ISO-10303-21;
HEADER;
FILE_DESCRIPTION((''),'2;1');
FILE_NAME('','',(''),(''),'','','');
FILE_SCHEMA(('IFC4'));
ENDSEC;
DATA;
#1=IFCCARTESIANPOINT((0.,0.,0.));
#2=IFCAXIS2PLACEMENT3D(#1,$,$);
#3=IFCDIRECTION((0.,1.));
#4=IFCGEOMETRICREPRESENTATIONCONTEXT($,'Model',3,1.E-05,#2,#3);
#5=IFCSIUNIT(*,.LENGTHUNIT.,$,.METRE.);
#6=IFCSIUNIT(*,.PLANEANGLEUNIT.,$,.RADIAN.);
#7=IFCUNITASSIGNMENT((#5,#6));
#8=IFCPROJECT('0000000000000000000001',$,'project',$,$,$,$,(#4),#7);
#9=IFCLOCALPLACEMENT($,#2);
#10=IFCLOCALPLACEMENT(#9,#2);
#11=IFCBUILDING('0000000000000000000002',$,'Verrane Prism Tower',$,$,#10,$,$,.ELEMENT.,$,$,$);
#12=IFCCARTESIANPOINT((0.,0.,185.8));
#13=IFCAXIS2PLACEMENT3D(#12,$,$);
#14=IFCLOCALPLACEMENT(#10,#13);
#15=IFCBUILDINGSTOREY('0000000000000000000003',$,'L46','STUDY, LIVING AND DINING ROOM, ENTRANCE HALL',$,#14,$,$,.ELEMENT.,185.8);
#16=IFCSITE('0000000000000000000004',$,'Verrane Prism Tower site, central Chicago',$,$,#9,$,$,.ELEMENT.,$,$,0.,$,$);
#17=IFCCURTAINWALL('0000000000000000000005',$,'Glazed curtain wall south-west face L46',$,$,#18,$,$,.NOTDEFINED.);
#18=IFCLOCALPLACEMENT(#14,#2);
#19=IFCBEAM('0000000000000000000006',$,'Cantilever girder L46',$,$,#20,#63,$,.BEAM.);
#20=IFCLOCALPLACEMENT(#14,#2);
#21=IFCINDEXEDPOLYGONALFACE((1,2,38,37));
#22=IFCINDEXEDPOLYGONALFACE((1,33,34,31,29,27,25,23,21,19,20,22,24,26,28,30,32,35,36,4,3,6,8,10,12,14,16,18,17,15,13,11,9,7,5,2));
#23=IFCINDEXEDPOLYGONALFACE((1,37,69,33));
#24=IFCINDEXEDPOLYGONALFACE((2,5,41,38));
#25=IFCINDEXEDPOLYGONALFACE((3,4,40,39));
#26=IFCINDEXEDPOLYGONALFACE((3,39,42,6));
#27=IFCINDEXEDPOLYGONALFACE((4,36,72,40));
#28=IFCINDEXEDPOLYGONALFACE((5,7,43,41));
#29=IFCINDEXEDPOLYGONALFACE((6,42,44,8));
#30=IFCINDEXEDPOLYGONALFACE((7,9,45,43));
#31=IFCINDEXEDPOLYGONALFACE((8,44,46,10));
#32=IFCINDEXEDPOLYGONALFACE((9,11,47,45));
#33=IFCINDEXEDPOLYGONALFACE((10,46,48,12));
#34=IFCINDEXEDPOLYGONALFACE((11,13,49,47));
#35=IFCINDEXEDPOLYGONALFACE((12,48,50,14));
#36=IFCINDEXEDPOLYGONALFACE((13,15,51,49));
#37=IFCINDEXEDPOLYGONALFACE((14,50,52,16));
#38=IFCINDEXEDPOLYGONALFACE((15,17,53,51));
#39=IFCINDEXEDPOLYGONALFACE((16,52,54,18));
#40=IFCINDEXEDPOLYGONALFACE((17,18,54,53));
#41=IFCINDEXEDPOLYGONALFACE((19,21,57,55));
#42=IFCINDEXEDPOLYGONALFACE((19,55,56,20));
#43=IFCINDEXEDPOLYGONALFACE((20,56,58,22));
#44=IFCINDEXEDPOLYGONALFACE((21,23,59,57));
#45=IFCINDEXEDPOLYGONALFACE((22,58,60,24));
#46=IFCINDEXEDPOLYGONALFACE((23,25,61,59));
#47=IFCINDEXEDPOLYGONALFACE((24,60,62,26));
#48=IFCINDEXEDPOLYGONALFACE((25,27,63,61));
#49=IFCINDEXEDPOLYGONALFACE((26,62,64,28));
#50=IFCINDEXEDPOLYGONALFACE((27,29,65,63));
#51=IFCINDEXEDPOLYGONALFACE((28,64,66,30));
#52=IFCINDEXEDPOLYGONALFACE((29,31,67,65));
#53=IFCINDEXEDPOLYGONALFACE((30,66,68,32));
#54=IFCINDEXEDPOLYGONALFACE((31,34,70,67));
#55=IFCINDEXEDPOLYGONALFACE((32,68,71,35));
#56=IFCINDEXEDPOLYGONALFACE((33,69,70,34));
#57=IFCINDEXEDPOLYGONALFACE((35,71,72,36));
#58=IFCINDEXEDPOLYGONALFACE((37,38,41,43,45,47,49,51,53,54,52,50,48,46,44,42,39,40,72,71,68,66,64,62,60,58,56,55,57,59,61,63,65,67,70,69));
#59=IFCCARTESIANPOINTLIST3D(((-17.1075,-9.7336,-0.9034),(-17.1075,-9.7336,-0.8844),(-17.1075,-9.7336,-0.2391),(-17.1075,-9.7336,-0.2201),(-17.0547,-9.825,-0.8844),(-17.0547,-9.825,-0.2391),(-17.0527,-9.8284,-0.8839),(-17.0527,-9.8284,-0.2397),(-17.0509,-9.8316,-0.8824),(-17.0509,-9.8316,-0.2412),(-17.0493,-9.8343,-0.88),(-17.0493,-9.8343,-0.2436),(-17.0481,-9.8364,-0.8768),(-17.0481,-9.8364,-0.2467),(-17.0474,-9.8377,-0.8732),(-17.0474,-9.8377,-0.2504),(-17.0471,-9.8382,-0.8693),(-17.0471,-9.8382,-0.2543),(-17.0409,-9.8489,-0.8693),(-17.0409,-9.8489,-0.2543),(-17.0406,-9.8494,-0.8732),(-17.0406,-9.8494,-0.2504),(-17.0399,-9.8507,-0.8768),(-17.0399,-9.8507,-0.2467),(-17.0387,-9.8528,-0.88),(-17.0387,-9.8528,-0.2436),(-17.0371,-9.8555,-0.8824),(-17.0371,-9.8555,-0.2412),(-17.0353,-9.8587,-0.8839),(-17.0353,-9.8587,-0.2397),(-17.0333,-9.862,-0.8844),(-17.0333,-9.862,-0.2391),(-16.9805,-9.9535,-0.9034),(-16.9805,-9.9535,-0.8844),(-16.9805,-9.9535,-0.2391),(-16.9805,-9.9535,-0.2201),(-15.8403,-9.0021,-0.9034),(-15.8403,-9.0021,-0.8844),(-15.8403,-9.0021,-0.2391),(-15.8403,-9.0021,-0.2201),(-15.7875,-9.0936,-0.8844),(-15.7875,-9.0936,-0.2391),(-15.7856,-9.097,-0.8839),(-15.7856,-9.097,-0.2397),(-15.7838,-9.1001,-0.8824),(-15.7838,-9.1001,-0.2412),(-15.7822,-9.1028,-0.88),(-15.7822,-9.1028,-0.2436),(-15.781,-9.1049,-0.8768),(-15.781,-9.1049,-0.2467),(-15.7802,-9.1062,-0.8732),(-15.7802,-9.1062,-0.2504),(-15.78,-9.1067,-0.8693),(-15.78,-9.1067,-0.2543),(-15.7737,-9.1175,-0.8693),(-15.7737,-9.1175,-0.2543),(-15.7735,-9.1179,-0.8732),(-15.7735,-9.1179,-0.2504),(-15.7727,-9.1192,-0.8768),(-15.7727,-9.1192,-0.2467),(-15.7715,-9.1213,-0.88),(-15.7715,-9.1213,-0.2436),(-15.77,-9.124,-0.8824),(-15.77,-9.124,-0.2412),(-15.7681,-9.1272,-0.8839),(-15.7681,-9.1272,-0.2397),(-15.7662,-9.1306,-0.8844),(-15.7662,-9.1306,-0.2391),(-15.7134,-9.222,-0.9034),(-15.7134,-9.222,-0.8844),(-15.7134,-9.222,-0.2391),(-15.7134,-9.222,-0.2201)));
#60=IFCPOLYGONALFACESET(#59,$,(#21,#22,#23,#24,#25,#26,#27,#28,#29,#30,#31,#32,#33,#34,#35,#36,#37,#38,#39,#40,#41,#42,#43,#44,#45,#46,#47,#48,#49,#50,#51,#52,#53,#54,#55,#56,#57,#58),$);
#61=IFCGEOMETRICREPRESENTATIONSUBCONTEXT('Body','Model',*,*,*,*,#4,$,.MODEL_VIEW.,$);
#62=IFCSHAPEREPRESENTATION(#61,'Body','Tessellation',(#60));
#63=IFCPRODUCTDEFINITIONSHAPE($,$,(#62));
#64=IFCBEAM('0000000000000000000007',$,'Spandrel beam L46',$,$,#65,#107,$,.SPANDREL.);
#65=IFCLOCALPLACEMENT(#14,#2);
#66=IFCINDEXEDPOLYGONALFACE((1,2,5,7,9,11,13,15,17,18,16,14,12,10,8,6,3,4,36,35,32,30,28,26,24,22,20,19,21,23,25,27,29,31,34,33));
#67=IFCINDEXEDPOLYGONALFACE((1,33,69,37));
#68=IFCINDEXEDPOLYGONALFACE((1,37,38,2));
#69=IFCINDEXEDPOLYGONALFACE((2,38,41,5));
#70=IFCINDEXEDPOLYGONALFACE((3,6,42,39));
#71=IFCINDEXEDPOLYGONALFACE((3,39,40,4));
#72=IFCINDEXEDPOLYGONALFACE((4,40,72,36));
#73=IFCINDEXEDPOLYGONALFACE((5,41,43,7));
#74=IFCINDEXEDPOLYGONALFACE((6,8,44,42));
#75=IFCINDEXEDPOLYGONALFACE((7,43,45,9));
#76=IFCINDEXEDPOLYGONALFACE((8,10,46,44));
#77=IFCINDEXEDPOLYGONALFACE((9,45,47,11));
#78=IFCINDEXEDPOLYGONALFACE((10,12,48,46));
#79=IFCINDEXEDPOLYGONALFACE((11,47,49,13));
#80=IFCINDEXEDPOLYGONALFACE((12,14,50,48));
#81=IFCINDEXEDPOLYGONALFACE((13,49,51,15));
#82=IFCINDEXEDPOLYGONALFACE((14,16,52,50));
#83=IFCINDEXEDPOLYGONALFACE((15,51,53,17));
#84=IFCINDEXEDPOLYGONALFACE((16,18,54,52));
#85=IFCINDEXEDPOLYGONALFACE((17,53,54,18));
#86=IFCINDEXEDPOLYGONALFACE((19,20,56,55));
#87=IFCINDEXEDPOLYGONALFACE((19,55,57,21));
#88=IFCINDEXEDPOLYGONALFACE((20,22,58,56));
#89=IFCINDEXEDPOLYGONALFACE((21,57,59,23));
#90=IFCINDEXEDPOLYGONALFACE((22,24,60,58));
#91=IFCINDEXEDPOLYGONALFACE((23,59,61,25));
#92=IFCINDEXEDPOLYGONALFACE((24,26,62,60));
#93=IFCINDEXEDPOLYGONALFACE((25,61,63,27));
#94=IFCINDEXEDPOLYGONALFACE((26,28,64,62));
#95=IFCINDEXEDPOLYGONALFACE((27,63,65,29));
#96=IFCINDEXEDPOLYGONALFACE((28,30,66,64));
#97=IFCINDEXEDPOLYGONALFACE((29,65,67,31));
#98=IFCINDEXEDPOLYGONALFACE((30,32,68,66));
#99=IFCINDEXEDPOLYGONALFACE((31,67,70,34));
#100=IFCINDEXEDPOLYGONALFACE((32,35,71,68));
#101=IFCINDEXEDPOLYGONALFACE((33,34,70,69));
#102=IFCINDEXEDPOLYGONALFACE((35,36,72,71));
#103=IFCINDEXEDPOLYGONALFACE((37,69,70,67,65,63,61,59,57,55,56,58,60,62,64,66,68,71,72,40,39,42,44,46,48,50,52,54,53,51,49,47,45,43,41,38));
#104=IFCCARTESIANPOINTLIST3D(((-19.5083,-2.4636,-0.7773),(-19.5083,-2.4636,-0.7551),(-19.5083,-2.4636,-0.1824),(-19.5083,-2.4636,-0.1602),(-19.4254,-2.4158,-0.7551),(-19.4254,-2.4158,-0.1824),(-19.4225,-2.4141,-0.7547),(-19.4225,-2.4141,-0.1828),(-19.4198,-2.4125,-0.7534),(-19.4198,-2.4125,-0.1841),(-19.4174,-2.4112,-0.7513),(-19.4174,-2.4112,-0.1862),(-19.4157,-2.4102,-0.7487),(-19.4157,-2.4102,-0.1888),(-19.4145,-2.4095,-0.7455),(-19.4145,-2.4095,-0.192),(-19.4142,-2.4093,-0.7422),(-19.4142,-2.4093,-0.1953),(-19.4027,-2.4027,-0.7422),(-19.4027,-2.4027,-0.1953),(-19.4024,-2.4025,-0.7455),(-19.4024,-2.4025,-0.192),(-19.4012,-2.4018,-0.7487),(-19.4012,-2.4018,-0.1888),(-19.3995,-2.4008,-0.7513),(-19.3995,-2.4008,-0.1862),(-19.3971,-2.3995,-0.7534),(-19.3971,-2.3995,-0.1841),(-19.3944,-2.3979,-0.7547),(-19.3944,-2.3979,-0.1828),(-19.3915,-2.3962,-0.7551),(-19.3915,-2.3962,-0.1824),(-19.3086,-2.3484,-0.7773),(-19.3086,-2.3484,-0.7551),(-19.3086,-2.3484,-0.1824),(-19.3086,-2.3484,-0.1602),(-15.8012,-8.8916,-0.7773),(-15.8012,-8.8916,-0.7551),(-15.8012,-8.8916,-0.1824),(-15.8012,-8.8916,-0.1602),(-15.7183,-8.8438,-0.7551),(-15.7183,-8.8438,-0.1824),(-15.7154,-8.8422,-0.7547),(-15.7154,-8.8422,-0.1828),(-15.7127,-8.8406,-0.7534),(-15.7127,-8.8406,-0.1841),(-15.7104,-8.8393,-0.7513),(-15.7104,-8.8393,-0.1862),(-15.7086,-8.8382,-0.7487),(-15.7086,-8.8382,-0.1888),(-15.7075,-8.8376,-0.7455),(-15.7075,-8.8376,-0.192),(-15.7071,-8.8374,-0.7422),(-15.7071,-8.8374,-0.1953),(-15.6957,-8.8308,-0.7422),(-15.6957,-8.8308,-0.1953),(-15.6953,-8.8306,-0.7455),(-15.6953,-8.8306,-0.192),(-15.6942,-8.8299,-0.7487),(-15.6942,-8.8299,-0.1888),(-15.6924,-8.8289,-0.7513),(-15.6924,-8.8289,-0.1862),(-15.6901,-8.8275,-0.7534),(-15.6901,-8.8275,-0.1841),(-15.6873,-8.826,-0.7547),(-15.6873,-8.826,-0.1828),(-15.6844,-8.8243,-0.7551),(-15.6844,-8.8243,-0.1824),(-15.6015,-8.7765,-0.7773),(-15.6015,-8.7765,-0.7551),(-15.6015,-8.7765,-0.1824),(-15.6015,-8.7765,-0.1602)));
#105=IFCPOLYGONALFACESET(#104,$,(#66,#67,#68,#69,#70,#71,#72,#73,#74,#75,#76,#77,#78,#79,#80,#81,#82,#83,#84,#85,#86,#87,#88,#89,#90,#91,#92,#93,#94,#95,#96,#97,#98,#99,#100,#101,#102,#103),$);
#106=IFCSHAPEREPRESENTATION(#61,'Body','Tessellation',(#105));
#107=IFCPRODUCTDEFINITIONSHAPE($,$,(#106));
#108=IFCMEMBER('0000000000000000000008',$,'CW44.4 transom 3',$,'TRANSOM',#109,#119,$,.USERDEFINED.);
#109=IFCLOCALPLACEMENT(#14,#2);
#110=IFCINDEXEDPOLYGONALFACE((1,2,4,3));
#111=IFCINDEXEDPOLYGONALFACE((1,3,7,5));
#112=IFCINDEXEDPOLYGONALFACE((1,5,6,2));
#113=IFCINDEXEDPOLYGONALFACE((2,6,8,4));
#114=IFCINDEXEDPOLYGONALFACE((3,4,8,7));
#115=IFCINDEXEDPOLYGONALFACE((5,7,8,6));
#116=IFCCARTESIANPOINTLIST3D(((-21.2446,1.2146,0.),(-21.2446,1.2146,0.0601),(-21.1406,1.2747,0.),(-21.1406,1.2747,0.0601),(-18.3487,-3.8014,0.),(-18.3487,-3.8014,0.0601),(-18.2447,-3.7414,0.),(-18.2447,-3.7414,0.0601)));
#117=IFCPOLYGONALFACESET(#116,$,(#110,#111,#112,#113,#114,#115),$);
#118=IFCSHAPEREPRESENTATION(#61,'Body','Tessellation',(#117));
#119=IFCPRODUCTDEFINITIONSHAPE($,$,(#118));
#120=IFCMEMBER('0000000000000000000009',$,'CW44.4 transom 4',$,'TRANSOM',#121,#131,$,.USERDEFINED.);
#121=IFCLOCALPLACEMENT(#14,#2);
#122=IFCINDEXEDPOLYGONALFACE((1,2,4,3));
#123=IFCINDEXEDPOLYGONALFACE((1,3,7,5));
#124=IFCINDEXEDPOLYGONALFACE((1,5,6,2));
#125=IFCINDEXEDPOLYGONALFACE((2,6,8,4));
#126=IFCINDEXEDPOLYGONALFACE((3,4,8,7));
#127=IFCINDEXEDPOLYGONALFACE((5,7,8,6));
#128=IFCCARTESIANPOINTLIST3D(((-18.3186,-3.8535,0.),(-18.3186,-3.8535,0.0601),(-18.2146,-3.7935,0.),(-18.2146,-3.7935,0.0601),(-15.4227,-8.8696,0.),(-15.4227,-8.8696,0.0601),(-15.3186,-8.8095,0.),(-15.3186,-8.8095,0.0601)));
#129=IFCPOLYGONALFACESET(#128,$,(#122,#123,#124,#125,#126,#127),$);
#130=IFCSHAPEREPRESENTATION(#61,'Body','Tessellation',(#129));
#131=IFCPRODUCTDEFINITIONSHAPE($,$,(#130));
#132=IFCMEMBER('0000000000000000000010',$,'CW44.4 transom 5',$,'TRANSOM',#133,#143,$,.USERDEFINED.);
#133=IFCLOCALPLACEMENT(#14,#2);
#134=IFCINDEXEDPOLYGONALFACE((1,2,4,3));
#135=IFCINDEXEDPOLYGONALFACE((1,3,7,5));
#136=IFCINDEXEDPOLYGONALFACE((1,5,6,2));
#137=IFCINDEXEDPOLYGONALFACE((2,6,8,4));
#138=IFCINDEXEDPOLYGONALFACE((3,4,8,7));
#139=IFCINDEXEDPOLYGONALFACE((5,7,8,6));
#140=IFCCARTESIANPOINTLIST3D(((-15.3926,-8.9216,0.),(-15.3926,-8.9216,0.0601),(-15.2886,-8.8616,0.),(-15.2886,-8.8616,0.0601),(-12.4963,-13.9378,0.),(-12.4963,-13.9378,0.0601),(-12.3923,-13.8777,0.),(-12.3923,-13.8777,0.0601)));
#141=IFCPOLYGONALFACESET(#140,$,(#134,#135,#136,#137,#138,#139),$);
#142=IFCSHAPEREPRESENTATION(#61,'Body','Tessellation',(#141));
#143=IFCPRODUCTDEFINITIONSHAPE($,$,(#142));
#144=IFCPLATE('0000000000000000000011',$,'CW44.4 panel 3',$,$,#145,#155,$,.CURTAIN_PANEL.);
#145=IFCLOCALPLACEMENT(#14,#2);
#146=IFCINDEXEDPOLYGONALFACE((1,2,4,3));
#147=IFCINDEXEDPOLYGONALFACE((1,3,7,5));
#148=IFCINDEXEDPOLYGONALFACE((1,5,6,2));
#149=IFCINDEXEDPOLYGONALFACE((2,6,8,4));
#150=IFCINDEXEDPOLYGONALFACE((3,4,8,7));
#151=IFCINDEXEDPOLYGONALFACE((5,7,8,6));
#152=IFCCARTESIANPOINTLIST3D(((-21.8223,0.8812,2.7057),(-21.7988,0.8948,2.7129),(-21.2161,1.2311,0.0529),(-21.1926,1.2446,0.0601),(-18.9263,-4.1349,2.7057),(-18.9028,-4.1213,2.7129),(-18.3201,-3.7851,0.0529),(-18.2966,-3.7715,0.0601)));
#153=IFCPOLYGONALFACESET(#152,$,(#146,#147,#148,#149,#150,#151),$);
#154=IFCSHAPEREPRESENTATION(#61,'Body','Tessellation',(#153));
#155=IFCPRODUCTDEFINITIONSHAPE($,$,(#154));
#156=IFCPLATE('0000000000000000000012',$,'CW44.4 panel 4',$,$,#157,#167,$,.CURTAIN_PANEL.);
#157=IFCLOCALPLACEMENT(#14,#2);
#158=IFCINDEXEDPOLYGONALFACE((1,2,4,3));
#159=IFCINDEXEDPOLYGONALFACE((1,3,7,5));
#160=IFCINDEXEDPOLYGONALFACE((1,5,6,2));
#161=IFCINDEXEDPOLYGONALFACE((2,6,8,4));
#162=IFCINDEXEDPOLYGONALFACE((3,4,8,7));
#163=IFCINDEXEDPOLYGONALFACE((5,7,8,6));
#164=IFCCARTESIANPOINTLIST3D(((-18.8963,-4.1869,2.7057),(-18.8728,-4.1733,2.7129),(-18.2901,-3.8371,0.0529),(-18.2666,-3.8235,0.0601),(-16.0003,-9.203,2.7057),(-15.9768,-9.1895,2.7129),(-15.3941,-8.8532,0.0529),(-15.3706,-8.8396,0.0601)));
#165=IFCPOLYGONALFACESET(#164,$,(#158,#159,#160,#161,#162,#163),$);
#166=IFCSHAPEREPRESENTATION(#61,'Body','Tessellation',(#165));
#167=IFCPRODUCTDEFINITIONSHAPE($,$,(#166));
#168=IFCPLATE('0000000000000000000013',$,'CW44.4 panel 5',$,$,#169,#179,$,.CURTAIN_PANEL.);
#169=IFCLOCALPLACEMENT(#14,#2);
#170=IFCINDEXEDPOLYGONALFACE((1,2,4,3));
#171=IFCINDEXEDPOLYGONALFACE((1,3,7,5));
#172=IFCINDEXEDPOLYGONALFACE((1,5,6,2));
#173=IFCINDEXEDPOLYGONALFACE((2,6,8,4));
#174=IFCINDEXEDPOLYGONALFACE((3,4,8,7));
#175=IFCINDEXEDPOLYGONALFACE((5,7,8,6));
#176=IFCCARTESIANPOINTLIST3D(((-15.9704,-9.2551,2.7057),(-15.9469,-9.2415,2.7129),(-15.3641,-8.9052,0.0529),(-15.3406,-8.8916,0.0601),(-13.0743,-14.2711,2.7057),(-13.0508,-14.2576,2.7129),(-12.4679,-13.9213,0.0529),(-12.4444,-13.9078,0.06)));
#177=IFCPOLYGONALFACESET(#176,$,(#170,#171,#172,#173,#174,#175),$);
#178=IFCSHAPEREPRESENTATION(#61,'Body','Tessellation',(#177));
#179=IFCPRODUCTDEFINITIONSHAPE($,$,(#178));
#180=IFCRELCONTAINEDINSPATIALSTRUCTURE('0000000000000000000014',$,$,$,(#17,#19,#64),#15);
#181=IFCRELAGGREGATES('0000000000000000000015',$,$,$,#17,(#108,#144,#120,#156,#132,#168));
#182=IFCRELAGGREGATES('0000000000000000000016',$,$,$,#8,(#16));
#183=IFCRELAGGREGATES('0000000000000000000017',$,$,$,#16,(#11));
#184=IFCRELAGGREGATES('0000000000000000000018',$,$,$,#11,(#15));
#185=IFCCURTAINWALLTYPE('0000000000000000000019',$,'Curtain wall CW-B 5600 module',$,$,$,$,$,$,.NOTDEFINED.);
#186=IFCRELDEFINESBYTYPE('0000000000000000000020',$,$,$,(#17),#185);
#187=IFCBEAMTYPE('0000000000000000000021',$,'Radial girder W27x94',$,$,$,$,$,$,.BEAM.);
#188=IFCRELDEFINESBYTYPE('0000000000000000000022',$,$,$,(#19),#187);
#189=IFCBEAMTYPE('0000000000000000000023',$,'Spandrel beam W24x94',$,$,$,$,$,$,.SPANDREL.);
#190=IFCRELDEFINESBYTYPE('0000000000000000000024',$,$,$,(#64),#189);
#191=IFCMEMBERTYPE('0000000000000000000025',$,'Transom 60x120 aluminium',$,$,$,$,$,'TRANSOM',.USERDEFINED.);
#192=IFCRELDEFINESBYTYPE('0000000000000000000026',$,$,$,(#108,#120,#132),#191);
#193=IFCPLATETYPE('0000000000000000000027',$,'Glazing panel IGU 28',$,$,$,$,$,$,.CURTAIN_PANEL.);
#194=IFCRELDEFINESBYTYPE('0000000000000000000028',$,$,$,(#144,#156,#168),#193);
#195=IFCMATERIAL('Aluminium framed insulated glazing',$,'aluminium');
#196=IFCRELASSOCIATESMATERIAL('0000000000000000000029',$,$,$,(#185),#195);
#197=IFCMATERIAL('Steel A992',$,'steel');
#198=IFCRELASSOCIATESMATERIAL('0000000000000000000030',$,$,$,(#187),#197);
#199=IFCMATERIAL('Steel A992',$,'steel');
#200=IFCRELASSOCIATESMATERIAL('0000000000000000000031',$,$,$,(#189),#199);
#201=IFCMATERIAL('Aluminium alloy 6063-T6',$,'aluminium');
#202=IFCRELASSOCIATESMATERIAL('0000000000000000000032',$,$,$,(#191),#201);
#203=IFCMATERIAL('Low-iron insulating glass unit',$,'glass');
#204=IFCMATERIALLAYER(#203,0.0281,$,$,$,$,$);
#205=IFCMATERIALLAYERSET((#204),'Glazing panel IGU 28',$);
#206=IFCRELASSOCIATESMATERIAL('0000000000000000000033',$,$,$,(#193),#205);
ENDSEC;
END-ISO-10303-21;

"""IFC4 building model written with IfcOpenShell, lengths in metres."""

from ifc_helpers import new_model, si_unit, direction, frame, origin, origin_2d, place, context, subcontext, project, spatial, polyline, rectangle, i_section, outline, extrude, material, layer, layer_set, material_profile, profile_set, type_object, element, aggregate, save


model = new_model("IFC4")

# Units and contexts
model_context = context("Model", 3, precision=1e-05, world=origin(), true_north=direction((0.0, 1.0)))
body_context = subcontext(model_context, "Body", "Model", "MODEL_VIEW")
ifc_project = project(units=[si_unit("LENGTHUNIT", "METRE"), si_unit("PLANEANGLEUNIT", "RADIAN")], contexts=[model_context])

# Site, building, storey
site_placement = place(None, origin())
site = spatial("IfcSite", under=ifc_project, at=site_placement, Name="Verrane Prism Tower site, central Chicago", CompositionType="ELEMENT", RefElevation=0.0)
building_placement = place(site_placement, origin())
building = spatial("IfcBuilding", under=site, at=building_placement, Name="Verrane Prism Tower", CompositionType="ELEMENT")
storey_placement = place(building_placement, frame((0.0, 0.0, 185.8)))
storey = spatial("IfcBuildingStorey", under=building, at=storey_placement, Name="L46", Description="STUDY, LIVING AND DINING ROOM, ENTRANCE HALL", CompositionType="ELEMENT", Elevation=185.8)

# Curtain wall
ifc_material_1 = material(Name="Aluminium framed insulated glazing", Category="aluminium")
curtain_wall_type = type_object("IfcCurtainWallType", Name="Curtain wall CW-B 5600 module", PredefinedType="NOTDEFINED", material=ifc_material_1)
curtain_wall_placement = place(storey_placement, origin())
curtain_wall = element("IfcCurtainWall", 1, at=curtain_wall_placement, inside=storey, type_object=curtain_wall_type, Name="Glazed curtain wall south-west face L46", PredefinedType="NOTDEFINED")

# Beams
ifc_material_2 = material(Name="Steel A992", Category="steel")
ifc_material_profile_1 = material_profile(ifc_material_2, i_section(OverallWidth=0.2539, OverallDepth=0.6833, WebThickness=0.0125, FlangeThickness=0.019, FilletRadius=0.0151, at=origin_2d()), Name="W27x94")
ifc_profile_set_1 = profile_set([ifc_material_profile_1], Name="Steel A992")
beam_type_1 = type_object("IfcBeamType", Name="Radial girder W27x94", PredefinedType="BEAM", material=ifc_profile_set_1)
beam_1_placement = place(storey_placement, frame((-15.7769, -9.1121, -0.5618), z_axis=(-0.866058, -0.499944, 0.0), x_axis=(0.499944, -0.866058, 0.0)))
element("IfcBeam", 2, at=beam_1_placement, inside=storey, type_object=beam_type_1, Name="Cantilever girder L46", PredefinedType="BEAM", context=body_context, shape_type="SweptSolid", body=[
    extrude(i_section(OverallWidth=0.2539, OverallDepth=0.6833, WebThickness=0.0125, FlangeThickness=0.019, FilletRadius=0.0151, at=origin_2d()), origin(), (0.0, 0.0, 1.0), 1.4631),
])
ifc_material_3 = material(Name="Steel A992", Category="steel")
ifc_material_profile_2 = material_profile(ifc_material_3, i_section(OverallWidth=0.2305, OverallDepth=0.6172, WebThickness=0.0132, FlangeThickness=0.0222, FilletRadius=0.0129, at=origin_2d()), Name="W24x94")
ifc_profile_set_2 = profile_set([ifc_material_profile_2], Name="Steel A992")
beam_type_2 = type_object("IfcBeamType", Name="Spandrel beam W24x94", PredefinedType="SPANDREL", material=ifc_profile_set_2)
beam_2_placement = place(storey_placement, frame((-19.4084, -2.406, -0.4688), z_axis=(0.499579, -0.866268, 0.0), x_axis=(0.866268, 0.499579, 0.0)))
element("IfcBeam", 3, at=beam_2_placement, inside=storey, type_object=beam_type_2, Name="Spandrel beam L46", PredefinedType="SPANDREL", context=body_context, shape_type="SweptSolid", body=[
    extrude(i_section(OverallWidth=0.2305, OverallDepth=0.6172, WebThickness=0.0132, FlangeThickness=0.0222, FilletRadius=0.0129, at=origin_2d()), origin(), (0.0, 0.0, 1.0), 7.4204),
])

# Members
ifc_material_4 = material(Name="Aluminium alloy 6063-T6", Category="aluminium")
ifc_material_profile_3 = material_profile(ifc_material_4, rectangle(XDim=0.1201, YDim=0.0601, at=origin_2d()), Name="Transom 60x120 aluminium")
ifc_profile_set_3 = profile_set([ifc_material_profile_3], Name="Aluminium alloy 6063-T6")
member_type_1 = type_object("IfcMemberType", Name="Transom 60x120 aluminium", ElementType="TRANSOM", PredefinedType="USERDEFINED", material=ifc_profile_set_3)
member_1_placement = place(storey_placement, frame((-21.1926, 1.2446, 0.03), z_axis=(0.499992, -0.86603, 0.0), x_axis=(0.86603, 0.499992, 0.0)))
member_1 = element("IfcMember", 4, at=member_1_placement, type_object=member_type_1, Name="CW44.4 transom 3", ObjectType="TRANSOM", PredefinedType="USERDEFINED", context=body_context, shape_type="SweptSolid", body=[
    extrude(rectangle(XDim=0.1201, YDim=0.0601, at=origin_2d()), origin(), (0.0, 0.0, 1.0), 5.792),
])
member_2_placement = place(storey_placement, frame((-18.2666, -3.8235, 0.03), z_axis=(0.499992, -0.86603, 0.0), x_axis=(0.86603, 0.499992, 0.0)))
member_2 = element("IfcMember", 5, at=member_2_placement, type_object=member_type_1, Name="CW44.4 transom 4", ObjectType="TRANSOM", PredefinedType="USERDEFINED", context=body_context, shape_type="SweptSolid", body=[
    extrude(rectangle(XDim=0.1201, YDim=0.0601, at=origin_2d()), origin(), (0.0, 0.0, 1.0), 5.792),
])
member_3_placement = place(storey_placement, frame((-15.3406, -8.8916, 0.03), z_axis=(0.500024, -0.866012, 0.0), x_axis=(0.866012, 0.500024, 0.0)))
member_3 = element("IfcMember", 6, at=member_3_placement, type_object=member_type_1, Name="CW44.4 transom 5", ObjectType="TRANSOM", PredefinedType="USERDEFINED", context=body_context, shape_type="SweptSolid", body=[
    extrude(rectangle(XDim=0.1201, YDim=0.0601, at=origin_2d()), origin(), (0.0, 0.0, 1.0), 5.7922),
])

# Plates
ifc_material_5 = material(Name="Low-iron insulating glass unit", Category="glass")
ifc_layer_1 = layer(ifc_material_5, 0.0281)
ifc_layer_set_1 = layer_set([ifc_layer_1], Name="Glazing panel IGU 28")
plate_type = type_object("IfcPlateType", Name="Glazing panel IGU 28", PredefinedType="CURTAIN_PANEL", material=ifc_layer_set_1)
plate_1_placement = place(storey_placement, frame((-21.1926, 1.2446, 0.0601), z_axis=(0.837375, 0.483449, 0.255106), x_axis=(0.499992, -0.86603, 0.0)))
plate_1 = element("IfcPlate", 7, at=plate_1_placement, type_object=plate_type, Name="CW44.4 panel 3", PredefinedType="CURTAIN_PANEL", context=body_context, shape_type="SweptSolid", body=[
    extrude(outline(polyline([(0.0, 0.0), (5.7921, 0.0), (5.792, -2.7436), (-0.0001, -2.7436), (0.0, 0.0)])), origin(), (0.0, 0.0, -1.0), 0.0281),
])
plate_2_placement = place(storey_placement, frame((-18.2666, -3.8235, 0.0601), z_axis=(0.837375, 0.483449, 0.255106), x_axis=(0.499992, -0.86603, 0.0)))
plate_2 = element("IfcPlate", 8, at=plate_2_placement, type_object=plate_type, Name="CW44.4 panel 4", PredefinedType="CURTAIN_PANEL", context=body_context, shape_type="SweptSolid", body=[
    extrude(outline(polyline([(0.0, 0.0), (5.7921, 0.0), (5.792, -2.7436), (-0.0001, -2.7436), (0.0, 0.0)])), origin(), (0.0, 0.0, -1.0), 0.0281),
])
plate_3_placement = place(storey_placement, frame((-15.3406, -8.8916, 0.0601), z_axis=(0.837358, 0.48346, 0.255142), x_axis=(0.500009, -0.86602, -0.000005)))
plate_3 = element("IfcPlate", 9, at=plate_3_placement, type_object=plate_type, Name="CW44.4 panel 5", PredefinedType="CURTAIN_PANEL", context=body_context, shape_type="SweptSolid", body=[
    extrude(outline(polyline([(0.0, 0.0), (5.7922, 0.0), (5.7919, -2.7437), (-0.0001, -2.7436), (0.0, 0.0)])), origin(), (0.0, 0.0, -1.0), 0.0281),
])
aggregate(curtain_wall, [member_1, plate_1, member_2, plate_2, member_3, plate_3])

save(model, "model.ifc")
